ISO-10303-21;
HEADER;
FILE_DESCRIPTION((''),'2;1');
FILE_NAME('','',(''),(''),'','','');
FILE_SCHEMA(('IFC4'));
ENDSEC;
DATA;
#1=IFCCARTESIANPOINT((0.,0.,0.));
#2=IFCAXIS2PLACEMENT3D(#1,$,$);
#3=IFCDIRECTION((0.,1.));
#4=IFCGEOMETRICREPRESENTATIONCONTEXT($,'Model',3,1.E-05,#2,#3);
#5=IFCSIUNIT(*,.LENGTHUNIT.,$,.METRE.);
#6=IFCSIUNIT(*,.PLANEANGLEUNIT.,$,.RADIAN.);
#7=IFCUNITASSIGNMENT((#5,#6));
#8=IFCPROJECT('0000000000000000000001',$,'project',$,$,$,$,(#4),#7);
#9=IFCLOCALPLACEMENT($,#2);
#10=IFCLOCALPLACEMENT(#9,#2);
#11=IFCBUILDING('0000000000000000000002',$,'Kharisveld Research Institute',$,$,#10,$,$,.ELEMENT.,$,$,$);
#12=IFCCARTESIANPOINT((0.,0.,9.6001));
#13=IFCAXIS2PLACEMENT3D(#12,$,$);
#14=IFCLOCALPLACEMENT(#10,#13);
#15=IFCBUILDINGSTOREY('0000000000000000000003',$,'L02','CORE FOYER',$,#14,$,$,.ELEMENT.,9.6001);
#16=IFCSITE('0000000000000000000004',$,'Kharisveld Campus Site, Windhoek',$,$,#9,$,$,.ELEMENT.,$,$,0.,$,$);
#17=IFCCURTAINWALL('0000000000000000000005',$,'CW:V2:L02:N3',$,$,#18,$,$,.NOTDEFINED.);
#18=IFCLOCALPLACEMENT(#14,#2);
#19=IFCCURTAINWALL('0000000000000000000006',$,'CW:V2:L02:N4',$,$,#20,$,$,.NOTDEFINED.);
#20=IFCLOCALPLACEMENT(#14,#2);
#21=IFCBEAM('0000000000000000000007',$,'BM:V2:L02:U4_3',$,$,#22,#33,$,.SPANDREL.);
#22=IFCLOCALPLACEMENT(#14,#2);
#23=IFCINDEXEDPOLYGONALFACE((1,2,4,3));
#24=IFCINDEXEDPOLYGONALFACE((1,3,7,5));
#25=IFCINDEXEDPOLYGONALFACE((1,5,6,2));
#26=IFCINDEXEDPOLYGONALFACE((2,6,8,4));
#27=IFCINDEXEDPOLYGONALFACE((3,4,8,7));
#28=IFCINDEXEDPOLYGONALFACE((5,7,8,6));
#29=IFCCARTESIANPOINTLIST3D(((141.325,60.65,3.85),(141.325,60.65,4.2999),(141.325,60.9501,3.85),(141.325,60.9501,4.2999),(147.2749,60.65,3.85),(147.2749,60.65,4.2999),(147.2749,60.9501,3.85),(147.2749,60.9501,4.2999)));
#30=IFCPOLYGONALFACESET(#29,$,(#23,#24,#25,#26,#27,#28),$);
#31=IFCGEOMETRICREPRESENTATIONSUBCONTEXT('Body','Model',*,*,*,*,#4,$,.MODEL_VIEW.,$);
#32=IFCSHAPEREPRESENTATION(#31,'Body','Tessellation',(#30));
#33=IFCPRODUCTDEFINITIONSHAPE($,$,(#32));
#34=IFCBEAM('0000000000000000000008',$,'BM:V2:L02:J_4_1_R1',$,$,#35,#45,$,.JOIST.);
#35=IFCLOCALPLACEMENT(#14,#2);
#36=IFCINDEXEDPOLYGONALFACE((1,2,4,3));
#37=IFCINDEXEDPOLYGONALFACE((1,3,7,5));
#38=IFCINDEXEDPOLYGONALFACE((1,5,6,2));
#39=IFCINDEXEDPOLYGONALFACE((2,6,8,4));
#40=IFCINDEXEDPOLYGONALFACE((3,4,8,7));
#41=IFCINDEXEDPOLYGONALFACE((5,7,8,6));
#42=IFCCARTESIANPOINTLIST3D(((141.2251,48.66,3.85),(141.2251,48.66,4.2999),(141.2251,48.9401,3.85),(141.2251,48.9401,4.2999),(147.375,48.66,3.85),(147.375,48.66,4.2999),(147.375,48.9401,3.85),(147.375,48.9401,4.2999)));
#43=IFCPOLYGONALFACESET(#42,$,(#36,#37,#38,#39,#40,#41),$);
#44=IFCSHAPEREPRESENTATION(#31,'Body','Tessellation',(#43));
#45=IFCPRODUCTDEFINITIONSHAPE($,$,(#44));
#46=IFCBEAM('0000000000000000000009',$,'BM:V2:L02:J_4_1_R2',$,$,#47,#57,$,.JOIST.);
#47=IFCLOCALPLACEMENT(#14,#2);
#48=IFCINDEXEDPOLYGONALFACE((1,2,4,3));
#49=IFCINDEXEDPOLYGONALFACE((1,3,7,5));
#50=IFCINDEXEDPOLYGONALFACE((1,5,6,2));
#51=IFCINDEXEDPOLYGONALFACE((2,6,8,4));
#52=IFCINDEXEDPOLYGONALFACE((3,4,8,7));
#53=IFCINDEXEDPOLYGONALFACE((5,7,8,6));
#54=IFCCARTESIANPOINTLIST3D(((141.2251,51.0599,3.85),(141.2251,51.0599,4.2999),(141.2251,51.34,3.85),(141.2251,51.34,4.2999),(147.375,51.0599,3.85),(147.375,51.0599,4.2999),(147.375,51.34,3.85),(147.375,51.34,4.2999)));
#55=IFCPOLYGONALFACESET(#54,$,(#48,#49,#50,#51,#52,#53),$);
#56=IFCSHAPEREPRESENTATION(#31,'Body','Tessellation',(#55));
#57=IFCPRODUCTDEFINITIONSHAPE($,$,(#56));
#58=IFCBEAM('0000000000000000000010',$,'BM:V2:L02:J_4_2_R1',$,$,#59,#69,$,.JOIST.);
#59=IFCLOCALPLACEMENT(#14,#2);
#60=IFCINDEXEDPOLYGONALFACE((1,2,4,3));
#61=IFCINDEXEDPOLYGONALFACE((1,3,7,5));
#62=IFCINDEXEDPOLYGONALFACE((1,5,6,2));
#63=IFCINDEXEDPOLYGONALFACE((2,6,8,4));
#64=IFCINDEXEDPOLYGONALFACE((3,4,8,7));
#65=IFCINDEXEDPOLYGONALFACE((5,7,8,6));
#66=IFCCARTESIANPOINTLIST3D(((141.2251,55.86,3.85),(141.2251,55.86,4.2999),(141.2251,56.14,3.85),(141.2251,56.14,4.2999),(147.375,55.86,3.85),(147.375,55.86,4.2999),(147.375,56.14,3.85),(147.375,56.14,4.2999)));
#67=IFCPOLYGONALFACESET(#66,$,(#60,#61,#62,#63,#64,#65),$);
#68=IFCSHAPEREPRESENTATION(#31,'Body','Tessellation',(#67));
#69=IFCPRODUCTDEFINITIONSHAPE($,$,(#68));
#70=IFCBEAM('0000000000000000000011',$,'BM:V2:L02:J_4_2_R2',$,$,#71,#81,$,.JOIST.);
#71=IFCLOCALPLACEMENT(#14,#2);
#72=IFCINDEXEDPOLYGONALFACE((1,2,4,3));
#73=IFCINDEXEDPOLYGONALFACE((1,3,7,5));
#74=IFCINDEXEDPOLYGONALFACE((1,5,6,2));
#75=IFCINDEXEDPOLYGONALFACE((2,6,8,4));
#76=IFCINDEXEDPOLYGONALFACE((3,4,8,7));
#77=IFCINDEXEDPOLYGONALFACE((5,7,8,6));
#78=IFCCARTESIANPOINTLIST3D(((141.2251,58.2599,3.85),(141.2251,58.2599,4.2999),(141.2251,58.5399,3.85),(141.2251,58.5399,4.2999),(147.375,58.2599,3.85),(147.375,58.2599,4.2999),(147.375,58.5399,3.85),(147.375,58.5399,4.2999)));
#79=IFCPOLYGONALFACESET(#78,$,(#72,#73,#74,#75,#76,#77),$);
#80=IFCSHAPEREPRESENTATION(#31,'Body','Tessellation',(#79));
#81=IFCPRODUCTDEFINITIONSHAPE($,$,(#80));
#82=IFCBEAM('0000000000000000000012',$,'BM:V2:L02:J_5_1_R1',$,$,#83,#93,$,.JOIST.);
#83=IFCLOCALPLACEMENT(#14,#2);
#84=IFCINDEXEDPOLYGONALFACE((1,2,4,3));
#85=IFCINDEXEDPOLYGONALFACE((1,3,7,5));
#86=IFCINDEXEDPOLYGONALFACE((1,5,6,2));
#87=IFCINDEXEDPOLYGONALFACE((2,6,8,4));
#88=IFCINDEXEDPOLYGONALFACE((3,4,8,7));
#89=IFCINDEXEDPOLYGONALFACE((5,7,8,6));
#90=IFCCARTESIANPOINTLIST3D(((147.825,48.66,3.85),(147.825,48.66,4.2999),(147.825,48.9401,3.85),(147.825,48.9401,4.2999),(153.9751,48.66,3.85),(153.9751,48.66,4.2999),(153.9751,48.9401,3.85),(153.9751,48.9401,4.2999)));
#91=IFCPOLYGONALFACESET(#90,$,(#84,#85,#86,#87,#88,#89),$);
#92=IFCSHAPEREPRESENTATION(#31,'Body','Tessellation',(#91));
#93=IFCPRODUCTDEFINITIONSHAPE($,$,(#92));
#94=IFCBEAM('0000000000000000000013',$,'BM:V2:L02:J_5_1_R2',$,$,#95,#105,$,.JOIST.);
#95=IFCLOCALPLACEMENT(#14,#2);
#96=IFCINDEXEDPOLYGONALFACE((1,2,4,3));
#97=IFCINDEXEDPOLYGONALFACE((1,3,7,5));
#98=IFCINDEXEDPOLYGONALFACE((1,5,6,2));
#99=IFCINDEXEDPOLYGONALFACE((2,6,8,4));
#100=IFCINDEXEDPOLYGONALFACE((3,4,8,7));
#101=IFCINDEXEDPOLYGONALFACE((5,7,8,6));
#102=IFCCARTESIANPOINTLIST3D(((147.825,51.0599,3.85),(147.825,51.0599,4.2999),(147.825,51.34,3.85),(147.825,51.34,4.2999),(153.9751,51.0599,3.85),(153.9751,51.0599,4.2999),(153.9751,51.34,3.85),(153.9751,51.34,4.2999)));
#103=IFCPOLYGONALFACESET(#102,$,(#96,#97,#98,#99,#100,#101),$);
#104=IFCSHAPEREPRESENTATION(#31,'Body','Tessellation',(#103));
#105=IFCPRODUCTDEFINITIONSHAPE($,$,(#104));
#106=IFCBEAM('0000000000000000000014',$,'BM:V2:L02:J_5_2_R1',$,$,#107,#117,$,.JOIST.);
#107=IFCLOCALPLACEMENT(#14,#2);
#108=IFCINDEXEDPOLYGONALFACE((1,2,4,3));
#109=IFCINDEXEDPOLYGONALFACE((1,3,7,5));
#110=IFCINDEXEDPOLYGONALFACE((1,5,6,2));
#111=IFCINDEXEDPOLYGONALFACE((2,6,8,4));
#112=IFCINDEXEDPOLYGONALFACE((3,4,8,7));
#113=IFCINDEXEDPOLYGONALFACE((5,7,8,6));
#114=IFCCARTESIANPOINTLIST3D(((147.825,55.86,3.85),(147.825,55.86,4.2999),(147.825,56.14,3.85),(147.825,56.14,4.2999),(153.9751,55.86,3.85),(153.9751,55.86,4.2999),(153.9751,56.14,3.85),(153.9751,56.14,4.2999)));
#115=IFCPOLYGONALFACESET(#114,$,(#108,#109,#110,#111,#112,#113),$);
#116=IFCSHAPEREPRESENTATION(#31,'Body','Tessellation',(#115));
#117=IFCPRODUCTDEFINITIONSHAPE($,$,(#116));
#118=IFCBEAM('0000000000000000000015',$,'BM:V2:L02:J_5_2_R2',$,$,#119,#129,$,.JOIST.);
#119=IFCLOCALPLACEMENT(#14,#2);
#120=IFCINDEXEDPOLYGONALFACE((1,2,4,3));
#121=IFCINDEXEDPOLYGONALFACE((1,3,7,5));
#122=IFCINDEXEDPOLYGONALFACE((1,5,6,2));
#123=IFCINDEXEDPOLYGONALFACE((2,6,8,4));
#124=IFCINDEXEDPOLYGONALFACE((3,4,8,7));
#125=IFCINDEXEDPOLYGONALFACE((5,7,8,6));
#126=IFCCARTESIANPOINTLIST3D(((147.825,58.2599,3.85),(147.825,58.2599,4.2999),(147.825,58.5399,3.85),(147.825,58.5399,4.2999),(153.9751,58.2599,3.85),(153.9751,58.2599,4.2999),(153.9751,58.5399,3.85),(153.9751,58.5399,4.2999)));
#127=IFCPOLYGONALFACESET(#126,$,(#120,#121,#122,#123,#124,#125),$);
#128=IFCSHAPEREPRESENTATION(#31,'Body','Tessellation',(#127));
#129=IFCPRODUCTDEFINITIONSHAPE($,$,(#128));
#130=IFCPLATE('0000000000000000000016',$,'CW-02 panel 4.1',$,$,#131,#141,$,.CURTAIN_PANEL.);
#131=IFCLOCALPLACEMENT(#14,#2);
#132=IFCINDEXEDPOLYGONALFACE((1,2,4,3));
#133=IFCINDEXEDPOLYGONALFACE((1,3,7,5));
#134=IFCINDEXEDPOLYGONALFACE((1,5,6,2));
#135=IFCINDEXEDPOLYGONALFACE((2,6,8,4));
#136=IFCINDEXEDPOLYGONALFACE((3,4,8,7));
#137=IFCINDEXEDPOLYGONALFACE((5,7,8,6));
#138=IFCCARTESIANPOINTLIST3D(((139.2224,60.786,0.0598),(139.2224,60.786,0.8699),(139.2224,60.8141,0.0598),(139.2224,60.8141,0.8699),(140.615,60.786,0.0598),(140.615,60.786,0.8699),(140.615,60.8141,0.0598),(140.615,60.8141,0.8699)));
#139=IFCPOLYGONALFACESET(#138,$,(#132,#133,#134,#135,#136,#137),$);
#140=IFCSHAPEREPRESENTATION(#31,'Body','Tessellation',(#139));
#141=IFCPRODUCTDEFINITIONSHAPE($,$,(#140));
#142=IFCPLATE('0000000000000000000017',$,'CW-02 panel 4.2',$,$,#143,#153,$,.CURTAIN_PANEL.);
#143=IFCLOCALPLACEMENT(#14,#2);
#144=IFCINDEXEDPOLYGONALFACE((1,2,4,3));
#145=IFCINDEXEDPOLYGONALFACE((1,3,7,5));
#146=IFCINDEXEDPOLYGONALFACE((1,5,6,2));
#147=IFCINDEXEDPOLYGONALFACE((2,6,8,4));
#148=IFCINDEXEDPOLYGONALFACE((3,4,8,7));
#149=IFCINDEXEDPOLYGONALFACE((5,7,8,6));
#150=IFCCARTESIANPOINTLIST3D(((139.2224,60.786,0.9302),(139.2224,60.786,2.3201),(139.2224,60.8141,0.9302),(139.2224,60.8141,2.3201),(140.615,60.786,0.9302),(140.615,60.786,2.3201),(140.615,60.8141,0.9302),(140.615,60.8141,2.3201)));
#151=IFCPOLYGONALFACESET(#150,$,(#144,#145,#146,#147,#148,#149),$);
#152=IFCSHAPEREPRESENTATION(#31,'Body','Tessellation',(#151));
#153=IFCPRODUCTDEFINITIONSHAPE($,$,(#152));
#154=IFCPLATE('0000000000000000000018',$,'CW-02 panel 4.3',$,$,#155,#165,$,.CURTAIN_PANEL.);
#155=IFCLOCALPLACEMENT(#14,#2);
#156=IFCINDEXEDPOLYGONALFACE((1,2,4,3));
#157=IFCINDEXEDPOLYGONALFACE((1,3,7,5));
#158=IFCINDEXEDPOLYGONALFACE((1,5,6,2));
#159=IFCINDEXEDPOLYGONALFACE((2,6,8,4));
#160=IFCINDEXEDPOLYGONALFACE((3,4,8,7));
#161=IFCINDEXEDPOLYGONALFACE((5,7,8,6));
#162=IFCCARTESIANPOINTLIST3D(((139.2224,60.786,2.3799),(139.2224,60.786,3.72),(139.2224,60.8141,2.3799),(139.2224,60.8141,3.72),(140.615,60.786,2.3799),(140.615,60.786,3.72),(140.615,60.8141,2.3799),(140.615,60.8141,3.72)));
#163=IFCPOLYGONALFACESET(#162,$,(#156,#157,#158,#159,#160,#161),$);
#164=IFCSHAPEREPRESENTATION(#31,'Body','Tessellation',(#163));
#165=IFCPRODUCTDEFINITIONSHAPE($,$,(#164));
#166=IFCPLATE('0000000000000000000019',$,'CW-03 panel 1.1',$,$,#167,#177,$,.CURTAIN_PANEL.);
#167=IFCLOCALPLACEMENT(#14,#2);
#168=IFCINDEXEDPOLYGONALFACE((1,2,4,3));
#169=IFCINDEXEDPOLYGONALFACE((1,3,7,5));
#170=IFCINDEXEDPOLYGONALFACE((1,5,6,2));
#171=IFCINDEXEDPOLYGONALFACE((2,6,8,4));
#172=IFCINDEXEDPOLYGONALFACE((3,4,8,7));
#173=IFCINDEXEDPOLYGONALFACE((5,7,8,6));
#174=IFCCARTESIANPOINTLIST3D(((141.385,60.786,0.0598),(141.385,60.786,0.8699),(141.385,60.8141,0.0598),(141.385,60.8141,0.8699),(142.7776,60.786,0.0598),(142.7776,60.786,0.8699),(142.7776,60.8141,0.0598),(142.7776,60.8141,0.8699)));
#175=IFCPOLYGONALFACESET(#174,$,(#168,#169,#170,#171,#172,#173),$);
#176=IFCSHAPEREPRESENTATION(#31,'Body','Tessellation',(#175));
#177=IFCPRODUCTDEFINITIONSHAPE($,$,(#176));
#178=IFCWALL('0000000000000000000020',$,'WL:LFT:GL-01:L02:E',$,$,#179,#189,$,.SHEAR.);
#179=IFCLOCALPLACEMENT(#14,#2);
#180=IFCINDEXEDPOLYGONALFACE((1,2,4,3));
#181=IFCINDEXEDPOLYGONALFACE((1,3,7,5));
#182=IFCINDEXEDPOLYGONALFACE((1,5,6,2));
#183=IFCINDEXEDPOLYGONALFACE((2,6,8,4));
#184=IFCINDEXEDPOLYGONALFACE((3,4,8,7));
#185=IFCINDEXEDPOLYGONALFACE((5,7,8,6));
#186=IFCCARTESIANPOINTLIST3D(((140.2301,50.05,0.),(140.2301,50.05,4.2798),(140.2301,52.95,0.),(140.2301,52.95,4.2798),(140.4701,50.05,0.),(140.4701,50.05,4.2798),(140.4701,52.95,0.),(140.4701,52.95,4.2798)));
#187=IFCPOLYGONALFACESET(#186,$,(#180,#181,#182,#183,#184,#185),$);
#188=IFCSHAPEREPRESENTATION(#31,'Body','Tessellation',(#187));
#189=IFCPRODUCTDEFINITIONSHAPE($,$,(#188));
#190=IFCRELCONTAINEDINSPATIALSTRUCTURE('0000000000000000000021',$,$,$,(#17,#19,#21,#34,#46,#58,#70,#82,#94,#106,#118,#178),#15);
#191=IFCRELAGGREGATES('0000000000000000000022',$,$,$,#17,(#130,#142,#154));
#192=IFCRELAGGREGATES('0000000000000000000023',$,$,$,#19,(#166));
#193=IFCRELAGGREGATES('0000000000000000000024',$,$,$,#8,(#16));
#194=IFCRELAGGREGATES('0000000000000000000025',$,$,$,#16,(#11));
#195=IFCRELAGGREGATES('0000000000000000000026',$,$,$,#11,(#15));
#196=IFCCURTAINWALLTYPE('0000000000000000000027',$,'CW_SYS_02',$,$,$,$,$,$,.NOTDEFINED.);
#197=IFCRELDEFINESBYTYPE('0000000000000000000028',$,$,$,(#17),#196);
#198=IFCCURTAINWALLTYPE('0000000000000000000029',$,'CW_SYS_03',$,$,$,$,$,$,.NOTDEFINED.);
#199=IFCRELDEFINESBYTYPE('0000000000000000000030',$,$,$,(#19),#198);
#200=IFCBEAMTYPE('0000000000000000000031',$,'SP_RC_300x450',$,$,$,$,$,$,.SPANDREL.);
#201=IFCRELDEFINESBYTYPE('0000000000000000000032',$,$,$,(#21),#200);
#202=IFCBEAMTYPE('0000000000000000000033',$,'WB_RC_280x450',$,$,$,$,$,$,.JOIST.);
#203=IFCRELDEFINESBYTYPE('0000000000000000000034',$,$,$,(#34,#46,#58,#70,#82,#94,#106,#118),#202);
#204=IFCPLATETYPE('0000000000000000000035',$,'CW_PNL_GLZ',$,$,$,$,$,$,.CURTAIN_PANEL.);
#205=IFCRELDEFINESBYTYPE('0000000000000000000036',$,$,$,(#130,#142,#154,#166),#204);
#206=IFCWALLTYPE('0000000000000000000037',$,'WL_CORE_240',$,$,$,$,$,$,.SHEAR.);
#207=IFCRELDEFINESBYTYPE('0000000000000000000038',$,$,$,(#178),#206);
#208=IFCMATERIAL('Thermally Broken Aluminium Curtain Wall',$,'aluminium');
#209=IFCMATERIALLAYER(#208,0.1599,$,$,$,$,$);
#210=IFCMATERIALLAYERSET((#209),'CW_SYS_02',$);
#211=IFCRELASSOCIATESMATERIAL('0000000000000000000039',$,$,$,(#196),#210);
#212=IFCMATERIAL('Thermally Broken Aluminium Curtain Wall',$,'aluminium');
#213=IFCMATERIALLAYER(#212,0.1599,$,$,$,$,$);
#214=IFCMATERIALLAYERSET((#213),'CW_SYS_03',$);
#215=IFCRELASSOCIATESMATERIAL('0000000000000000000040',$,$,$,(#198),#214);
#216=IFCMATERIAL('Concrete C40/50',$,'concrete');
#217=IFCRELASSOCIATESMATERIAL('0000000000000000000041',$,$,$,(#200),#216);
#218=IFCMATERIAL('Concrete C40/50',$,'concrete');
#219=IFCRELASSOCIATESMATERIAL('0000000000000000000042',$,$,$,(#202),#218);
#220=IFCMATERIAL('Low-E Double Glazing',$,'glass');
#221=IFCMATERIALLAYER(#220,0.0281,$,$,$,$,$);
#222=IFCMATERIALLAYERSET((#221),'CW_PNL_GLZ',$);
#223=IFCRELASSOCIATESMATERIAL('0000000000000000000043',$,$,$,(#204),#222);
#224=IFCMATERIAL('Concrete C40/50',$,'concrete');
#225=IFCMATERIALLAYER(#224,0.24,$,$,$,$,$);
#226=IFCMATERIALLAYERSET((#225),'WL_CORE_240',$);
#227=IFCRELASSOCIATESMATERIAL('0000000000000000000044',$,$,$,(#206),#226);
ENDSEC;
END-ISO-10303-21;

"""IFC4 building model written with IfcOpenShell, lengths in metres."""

from ifc_helpers import new_model, si_unit, direction, frame, frame_2d, origin, origin_2d, place, context, subcontext, project, spatial, rectangle, extrude, material, layer, layer_set, material_profile, profile_set, type_object, element, aggregate, save


model = new_model("IFC4")

# Units and contexts
model_context = context("Model", 3, precision=1e-05, world=origin(), true_north=direction((0.0, 1.0)))
body_context = subcontext(model_context, "Body", "Model", "MODEL_VIEW")
ifc_project = project(units=[si_unit("LENGTHUNIT", "METRE"), si_unit("PLANEANGLEUNIT", "RADIAN")], contexts=[model_context])

# Site, building, storey
site_placement = place(None, origin())
site = spatial("IfcSite", under=ifc_project, at=site_placement, Name="Kharisveld Campus Site, Windhoek", CompositionType="ELEMENT", RefElevation=0.0)
building_placement = place(site_placement, origin())
building = spatial("IfcBuilding", under=site, at=building_placement, Name="Kharisveld Research Institute", CompositionType="ELEMENT")
storey_placement = place(building_placement, frame((0.0, 0.0, 9.6001)))
storey = spatial("IfcBuildingStorey", under=building, at=storey_placement, Name="L02", Description="CORE FOYER", CompositionType="ELEMENT", Elevation=9.6001)

# Curtain wall
ifc_material_1 = material(Name="Thermally Broken Aluminium Curtain Wall", Category="aluminium")
ifc_layer_1 = layer(ifc_material_1, 0.1599)
ifc_layer_set_1 = layer_set([ifc_layer_1], Name="CW_SYS_02")
curtain_wall_type_1 = type_object("IfcCurtainWallType", Name="CW_SYS_02", PredefinedType="NOTDEFINED", material=ifc_layer_set_1)
curtain_wall_1_placement = place(storey_placement, origin())
curtain_wall_1 = element("IfcCurtainWall", 1, at=curtain_wall_1_placement, inside=storey, type_object=curtain_wall_type_1, Name="CW:V2:L02:N3", PredefinedType="NOTDEFINED")

# Curtain wall
ifc_material_2 = material(Name="Thermally Broken Aluminium Curtain Wall", Category="aluminium")
ifc_layer_2 = layer(ifc_material_2, 0.1599)
ifc_layer_set_2 = layer_set([ifc_layer_2], Name="CW_SYS_03")
curtain_wall_type_2 = type_object("IfcCurtainWallType", Name="CW_SYS_03", PredefinedType="NOTDEFINED", material=ifc_layer_set_2)
curtain_wall_2_placement = place(storey_placement, origin())
curtain_wall_2 = element("IfcCurtainWall", 2, at=curtain_wall_2_placement, inside=storey, type_object=curtain_wall_type_2, Name="CW:V2:L02:N4", PredefinedType="NOTDEFINED")

# Beams
ifc_material_3 = material(Name="Concrete C40/50", Category="concrete")
ifc_material_profile_1 = material_profile(ifc_material_3, rectangle(XDim=0.3, YDim=0.45, at=origin_2d()))
ifc_profile_set_1 = profile_set([ifc_material_profile_1], Name="Concrete C40/50")
beam_type_1 = type_object("IfcBeamType", Name="SP_RC_300x450", PredefinedType="SPANDREL", material=ifc_profile_set_1)
beam_1_placement = place(storey_placement, frame((141.325, 60.8, 4.075), z_axis=(1.0, 0.0, 0.0), x_axis=(0.0, 1.0, 0.0)))
element("IfcBeam", 3, at=beam_1_placement, inside=storey, type_object=beam_type_1, Name="BM:V2:L02:U4_3", PredefinedType="SPANDREL", context=body_context, shape_type="SweptSolid", body=[
    extrude(rectangle(XDim=0.3, YDim=0.45, at=origin_2d()), origin(), (0.0, 0.0, 1.0), 5.95),
])
ifc_material_4 = material(Name="Concrete C40/50", Category="concrete")
ifc_material_profile_2 = material_profile(ifc_material_4, rectangle(XDim=0.28, YDim=0.45, at=origin_2d()))
ifc_profile_set_2 = profile_set([ifc_material_profile_2], Name="Concrete C40/50")
beam_type_2 = type_object("IfcBeamType", Name="WB_RC_280x450", PredefinedType="JOIST", material=ifc_profile_set_2)
for number, where, z_axis, x_axis, name in (
    (4, (141.2251, 48.8, 4.075), (1.0, 0.0, 0.0), (0.0, 1.0, 0.0), "BM:V2:L02:J_4_1_R1"),
    (5, (141.2251, 51.2, 4.075), (1.0, 0.0, 0.0), (0.0, 1.0, 0.0), "BM:V2:L02:J_4_1_R2"),
    (6, (141.2251, 56.0, 4.075), (1.0, 0.0, 0.0), (0.0, 1.0, 0.0), "BM:V2:L02:J_4_2_R1"),
    (7, (141.2251, 58.3999, 4.075), (1.0, 0.0, 0.0), (0.0, 1.0, 0.0), "BM:V2:L02:J_4_2_R2"),
):
    element("IfcBeam", number, at=place(storey_placement, frame(where, z_axis=z_axis, x_axis=x_axis)), inside=storey, type_object=beam_type_2, Name=name, PredefinedType="JOIST", context=body_context, shape_type="SweptSolid", body=[
        extrude(rectangle(XDim=0.28, YDim=0.45, at=origin_2d()), origin(), (0.0, 0.0, 1.0), 6.1499),
    ])
for number, where, z_axis, x_axis, name in (
    (8, (147.825, 48.8, 4.075), (1.0, 0.0, 0.0), (0.0, 1.0, 0.0), "BM:V2:L02:J_5_1_R1"),
    (9, (147.825, 51.2, 4.075), (1.0, 0.0, 0.0), (0.0, 1.0, 0.0), "BM:V2:L02:J_5_1_R2"),
    (10, (147.825, 56.0, 4.075), (1.0, 0.0, 0.0), (0.0, 1.0, 0.0), "BM:V2:L02:J_5_2_R1"),
    (11, (147.825, 58.3999, 4.075), (1.0, 0.0, 0.0), (0.0, 1.0, 0.0), "BM:V2:L02:J_5_2_R2"),
):
    element("IfcBeam", number, at=place(storey_placement, frame(where, z_axis=z_axis, x_axis=x_axis)), inside=storey, type_object=beam_type_2, Name=name, PredefinedType="JOIST", context=body_context, shape_type="SweptSolid", body=[
        extrude(rectangle(XDim=0.28, YDim=0.45, at=origin_2d()), origin(), (0.0, 0.0, 1.0), 6.1501),
    ])

# Plates
ifc_material_5 = material(Name="Low-E Double Glazing", Category="glass")
ifc_layer_3 = layer(ifc_material_5, 0.0281)
ifc_layer_set_3 = layer_set([ifc_layer_3], Name="CW_PNL_GLZ")
plate_type = type_object("IfcPlateType", Name="CW_PNL_GLZ", PredefinedType="CURTAIN_PANEL", material=ifc_layer_set_3)
plate_1_placement = place(storey_placement, frame((139.9187, 60.8, 0.0598), z_axis=(0.0, 0.0, 1.0), x_axis=(1.0, 0.0, 0.0)))
plate_1 = element("IfcPlate", 12, at=plate_1_placement, type_object=plate_type, Name="CW-02 panel 4.1", PredefinedType="CURTAIN_PANEL", context=body_context, shape_type="SweptSolid", body=[
    extrude(rectangle(XDim=1.3926, YDim=0.0281, at=origin_2d()), origin(), (0.0, 0.0, 1.0), 0.8101),
])
plate_2_placement = place(storey_placement, frame((139.9187, 60.8, 0.9302), z_axis=(0.0, 0.0, 1.0), x_axis=(1.0, 0.0, 0.0)))
plate_2 = element("IfcPlate", 13, at=plate_2_placement, type_object=plate_type, Name="CW-02 panel 4.2", PredefinedType="CURTAIN_PANEL", context=body_context, shape_type="SweptSolid", body=[
    extrude(rectangle(XDim=1.3926, YDim=0.0281, at=origin_2d()), origin(), (0.0, 0.0, 1.0), 1.3899),
])
plate_3_placement = place(storey_placement, frame((139.9187, 60.8, 2.3799), z_axis=(0.0, 0.0, 1.0), x_axis=(1.0, 0.0, 0.0)))
plate_3 = element("IfcPlate", 14, at=plate_3_placement, type_object=plate_type, Name="CW-02 panel 4.3", PredefinedType="CURTAIN_PANEL", context=body_context, shape_type="SweptSolid", body=[
    extrude(rectangle(XDim=1.3926, YDim=0.0281, at=origin_2d()), origin(), (0.0, 0.0, 1.0), 1.3401),
])
aggregate(curtain_wall_1, [plate_1, plate_2, plate_3])
plate_4_placement = place(storey_placement, frame((142.0813, 60.8, 0.0598), z_axis=(0.0, 0.0, 1.0), x_axis=(1.0, 0.0, 0.0)))
plate_4 = element("IfcPlate", 15, at=plate_4_placement, type_object=plate_type, Name="CW-03 panel 1.1", PredefinedType="CURTAIN_PANEL", context=body_context, shape_type="SweptSolid", body=[
    extrude(rectangle(XDim=1.3926, YDim=0.0281, at=origin_2d()), origin(), (0.0, 0.0, 1.0), 0.8101),
])
aggregate(curtain_wall_2, [plate_4])

# Wall
ifc_material_6 = material(Name="Concrete C40/50", Category="concrete")
ifc_layer_4 = layer(ifc_material_6, 0.24)
ifc_layer_set_4 = layer_set([ifc_layer_4], Name="WL_CORE_240")
wall_type_1 = type_object("IfcWallType", Name="WL_CORE_240", PredefinedType="SHEAR", material=ifc_layer_set_4)
wall_1_placement = place(storey_placement, frame((140.3501, 52.95, 0.0), z_axis=(0.0, 0.0, 1.0), x_axis=(0.0, -1.0, 0.0)))
element("IfcWall", 16, at=wall_1_placement, inside=storey, type_object=wall_type_1, Name="WL:LFT:GL-01:L02:E", PredefinedType="SHEAR", context=body_context, shape_type="SweptSolid", body=[
    extrude(rectangle(XDim=2.8999, YDim=0.24, at=frame_2d((1.45, 0.0))), origin(), (0.0, 0.0, 1.0), 4.2798),
])

save(model, "model.ifc")
